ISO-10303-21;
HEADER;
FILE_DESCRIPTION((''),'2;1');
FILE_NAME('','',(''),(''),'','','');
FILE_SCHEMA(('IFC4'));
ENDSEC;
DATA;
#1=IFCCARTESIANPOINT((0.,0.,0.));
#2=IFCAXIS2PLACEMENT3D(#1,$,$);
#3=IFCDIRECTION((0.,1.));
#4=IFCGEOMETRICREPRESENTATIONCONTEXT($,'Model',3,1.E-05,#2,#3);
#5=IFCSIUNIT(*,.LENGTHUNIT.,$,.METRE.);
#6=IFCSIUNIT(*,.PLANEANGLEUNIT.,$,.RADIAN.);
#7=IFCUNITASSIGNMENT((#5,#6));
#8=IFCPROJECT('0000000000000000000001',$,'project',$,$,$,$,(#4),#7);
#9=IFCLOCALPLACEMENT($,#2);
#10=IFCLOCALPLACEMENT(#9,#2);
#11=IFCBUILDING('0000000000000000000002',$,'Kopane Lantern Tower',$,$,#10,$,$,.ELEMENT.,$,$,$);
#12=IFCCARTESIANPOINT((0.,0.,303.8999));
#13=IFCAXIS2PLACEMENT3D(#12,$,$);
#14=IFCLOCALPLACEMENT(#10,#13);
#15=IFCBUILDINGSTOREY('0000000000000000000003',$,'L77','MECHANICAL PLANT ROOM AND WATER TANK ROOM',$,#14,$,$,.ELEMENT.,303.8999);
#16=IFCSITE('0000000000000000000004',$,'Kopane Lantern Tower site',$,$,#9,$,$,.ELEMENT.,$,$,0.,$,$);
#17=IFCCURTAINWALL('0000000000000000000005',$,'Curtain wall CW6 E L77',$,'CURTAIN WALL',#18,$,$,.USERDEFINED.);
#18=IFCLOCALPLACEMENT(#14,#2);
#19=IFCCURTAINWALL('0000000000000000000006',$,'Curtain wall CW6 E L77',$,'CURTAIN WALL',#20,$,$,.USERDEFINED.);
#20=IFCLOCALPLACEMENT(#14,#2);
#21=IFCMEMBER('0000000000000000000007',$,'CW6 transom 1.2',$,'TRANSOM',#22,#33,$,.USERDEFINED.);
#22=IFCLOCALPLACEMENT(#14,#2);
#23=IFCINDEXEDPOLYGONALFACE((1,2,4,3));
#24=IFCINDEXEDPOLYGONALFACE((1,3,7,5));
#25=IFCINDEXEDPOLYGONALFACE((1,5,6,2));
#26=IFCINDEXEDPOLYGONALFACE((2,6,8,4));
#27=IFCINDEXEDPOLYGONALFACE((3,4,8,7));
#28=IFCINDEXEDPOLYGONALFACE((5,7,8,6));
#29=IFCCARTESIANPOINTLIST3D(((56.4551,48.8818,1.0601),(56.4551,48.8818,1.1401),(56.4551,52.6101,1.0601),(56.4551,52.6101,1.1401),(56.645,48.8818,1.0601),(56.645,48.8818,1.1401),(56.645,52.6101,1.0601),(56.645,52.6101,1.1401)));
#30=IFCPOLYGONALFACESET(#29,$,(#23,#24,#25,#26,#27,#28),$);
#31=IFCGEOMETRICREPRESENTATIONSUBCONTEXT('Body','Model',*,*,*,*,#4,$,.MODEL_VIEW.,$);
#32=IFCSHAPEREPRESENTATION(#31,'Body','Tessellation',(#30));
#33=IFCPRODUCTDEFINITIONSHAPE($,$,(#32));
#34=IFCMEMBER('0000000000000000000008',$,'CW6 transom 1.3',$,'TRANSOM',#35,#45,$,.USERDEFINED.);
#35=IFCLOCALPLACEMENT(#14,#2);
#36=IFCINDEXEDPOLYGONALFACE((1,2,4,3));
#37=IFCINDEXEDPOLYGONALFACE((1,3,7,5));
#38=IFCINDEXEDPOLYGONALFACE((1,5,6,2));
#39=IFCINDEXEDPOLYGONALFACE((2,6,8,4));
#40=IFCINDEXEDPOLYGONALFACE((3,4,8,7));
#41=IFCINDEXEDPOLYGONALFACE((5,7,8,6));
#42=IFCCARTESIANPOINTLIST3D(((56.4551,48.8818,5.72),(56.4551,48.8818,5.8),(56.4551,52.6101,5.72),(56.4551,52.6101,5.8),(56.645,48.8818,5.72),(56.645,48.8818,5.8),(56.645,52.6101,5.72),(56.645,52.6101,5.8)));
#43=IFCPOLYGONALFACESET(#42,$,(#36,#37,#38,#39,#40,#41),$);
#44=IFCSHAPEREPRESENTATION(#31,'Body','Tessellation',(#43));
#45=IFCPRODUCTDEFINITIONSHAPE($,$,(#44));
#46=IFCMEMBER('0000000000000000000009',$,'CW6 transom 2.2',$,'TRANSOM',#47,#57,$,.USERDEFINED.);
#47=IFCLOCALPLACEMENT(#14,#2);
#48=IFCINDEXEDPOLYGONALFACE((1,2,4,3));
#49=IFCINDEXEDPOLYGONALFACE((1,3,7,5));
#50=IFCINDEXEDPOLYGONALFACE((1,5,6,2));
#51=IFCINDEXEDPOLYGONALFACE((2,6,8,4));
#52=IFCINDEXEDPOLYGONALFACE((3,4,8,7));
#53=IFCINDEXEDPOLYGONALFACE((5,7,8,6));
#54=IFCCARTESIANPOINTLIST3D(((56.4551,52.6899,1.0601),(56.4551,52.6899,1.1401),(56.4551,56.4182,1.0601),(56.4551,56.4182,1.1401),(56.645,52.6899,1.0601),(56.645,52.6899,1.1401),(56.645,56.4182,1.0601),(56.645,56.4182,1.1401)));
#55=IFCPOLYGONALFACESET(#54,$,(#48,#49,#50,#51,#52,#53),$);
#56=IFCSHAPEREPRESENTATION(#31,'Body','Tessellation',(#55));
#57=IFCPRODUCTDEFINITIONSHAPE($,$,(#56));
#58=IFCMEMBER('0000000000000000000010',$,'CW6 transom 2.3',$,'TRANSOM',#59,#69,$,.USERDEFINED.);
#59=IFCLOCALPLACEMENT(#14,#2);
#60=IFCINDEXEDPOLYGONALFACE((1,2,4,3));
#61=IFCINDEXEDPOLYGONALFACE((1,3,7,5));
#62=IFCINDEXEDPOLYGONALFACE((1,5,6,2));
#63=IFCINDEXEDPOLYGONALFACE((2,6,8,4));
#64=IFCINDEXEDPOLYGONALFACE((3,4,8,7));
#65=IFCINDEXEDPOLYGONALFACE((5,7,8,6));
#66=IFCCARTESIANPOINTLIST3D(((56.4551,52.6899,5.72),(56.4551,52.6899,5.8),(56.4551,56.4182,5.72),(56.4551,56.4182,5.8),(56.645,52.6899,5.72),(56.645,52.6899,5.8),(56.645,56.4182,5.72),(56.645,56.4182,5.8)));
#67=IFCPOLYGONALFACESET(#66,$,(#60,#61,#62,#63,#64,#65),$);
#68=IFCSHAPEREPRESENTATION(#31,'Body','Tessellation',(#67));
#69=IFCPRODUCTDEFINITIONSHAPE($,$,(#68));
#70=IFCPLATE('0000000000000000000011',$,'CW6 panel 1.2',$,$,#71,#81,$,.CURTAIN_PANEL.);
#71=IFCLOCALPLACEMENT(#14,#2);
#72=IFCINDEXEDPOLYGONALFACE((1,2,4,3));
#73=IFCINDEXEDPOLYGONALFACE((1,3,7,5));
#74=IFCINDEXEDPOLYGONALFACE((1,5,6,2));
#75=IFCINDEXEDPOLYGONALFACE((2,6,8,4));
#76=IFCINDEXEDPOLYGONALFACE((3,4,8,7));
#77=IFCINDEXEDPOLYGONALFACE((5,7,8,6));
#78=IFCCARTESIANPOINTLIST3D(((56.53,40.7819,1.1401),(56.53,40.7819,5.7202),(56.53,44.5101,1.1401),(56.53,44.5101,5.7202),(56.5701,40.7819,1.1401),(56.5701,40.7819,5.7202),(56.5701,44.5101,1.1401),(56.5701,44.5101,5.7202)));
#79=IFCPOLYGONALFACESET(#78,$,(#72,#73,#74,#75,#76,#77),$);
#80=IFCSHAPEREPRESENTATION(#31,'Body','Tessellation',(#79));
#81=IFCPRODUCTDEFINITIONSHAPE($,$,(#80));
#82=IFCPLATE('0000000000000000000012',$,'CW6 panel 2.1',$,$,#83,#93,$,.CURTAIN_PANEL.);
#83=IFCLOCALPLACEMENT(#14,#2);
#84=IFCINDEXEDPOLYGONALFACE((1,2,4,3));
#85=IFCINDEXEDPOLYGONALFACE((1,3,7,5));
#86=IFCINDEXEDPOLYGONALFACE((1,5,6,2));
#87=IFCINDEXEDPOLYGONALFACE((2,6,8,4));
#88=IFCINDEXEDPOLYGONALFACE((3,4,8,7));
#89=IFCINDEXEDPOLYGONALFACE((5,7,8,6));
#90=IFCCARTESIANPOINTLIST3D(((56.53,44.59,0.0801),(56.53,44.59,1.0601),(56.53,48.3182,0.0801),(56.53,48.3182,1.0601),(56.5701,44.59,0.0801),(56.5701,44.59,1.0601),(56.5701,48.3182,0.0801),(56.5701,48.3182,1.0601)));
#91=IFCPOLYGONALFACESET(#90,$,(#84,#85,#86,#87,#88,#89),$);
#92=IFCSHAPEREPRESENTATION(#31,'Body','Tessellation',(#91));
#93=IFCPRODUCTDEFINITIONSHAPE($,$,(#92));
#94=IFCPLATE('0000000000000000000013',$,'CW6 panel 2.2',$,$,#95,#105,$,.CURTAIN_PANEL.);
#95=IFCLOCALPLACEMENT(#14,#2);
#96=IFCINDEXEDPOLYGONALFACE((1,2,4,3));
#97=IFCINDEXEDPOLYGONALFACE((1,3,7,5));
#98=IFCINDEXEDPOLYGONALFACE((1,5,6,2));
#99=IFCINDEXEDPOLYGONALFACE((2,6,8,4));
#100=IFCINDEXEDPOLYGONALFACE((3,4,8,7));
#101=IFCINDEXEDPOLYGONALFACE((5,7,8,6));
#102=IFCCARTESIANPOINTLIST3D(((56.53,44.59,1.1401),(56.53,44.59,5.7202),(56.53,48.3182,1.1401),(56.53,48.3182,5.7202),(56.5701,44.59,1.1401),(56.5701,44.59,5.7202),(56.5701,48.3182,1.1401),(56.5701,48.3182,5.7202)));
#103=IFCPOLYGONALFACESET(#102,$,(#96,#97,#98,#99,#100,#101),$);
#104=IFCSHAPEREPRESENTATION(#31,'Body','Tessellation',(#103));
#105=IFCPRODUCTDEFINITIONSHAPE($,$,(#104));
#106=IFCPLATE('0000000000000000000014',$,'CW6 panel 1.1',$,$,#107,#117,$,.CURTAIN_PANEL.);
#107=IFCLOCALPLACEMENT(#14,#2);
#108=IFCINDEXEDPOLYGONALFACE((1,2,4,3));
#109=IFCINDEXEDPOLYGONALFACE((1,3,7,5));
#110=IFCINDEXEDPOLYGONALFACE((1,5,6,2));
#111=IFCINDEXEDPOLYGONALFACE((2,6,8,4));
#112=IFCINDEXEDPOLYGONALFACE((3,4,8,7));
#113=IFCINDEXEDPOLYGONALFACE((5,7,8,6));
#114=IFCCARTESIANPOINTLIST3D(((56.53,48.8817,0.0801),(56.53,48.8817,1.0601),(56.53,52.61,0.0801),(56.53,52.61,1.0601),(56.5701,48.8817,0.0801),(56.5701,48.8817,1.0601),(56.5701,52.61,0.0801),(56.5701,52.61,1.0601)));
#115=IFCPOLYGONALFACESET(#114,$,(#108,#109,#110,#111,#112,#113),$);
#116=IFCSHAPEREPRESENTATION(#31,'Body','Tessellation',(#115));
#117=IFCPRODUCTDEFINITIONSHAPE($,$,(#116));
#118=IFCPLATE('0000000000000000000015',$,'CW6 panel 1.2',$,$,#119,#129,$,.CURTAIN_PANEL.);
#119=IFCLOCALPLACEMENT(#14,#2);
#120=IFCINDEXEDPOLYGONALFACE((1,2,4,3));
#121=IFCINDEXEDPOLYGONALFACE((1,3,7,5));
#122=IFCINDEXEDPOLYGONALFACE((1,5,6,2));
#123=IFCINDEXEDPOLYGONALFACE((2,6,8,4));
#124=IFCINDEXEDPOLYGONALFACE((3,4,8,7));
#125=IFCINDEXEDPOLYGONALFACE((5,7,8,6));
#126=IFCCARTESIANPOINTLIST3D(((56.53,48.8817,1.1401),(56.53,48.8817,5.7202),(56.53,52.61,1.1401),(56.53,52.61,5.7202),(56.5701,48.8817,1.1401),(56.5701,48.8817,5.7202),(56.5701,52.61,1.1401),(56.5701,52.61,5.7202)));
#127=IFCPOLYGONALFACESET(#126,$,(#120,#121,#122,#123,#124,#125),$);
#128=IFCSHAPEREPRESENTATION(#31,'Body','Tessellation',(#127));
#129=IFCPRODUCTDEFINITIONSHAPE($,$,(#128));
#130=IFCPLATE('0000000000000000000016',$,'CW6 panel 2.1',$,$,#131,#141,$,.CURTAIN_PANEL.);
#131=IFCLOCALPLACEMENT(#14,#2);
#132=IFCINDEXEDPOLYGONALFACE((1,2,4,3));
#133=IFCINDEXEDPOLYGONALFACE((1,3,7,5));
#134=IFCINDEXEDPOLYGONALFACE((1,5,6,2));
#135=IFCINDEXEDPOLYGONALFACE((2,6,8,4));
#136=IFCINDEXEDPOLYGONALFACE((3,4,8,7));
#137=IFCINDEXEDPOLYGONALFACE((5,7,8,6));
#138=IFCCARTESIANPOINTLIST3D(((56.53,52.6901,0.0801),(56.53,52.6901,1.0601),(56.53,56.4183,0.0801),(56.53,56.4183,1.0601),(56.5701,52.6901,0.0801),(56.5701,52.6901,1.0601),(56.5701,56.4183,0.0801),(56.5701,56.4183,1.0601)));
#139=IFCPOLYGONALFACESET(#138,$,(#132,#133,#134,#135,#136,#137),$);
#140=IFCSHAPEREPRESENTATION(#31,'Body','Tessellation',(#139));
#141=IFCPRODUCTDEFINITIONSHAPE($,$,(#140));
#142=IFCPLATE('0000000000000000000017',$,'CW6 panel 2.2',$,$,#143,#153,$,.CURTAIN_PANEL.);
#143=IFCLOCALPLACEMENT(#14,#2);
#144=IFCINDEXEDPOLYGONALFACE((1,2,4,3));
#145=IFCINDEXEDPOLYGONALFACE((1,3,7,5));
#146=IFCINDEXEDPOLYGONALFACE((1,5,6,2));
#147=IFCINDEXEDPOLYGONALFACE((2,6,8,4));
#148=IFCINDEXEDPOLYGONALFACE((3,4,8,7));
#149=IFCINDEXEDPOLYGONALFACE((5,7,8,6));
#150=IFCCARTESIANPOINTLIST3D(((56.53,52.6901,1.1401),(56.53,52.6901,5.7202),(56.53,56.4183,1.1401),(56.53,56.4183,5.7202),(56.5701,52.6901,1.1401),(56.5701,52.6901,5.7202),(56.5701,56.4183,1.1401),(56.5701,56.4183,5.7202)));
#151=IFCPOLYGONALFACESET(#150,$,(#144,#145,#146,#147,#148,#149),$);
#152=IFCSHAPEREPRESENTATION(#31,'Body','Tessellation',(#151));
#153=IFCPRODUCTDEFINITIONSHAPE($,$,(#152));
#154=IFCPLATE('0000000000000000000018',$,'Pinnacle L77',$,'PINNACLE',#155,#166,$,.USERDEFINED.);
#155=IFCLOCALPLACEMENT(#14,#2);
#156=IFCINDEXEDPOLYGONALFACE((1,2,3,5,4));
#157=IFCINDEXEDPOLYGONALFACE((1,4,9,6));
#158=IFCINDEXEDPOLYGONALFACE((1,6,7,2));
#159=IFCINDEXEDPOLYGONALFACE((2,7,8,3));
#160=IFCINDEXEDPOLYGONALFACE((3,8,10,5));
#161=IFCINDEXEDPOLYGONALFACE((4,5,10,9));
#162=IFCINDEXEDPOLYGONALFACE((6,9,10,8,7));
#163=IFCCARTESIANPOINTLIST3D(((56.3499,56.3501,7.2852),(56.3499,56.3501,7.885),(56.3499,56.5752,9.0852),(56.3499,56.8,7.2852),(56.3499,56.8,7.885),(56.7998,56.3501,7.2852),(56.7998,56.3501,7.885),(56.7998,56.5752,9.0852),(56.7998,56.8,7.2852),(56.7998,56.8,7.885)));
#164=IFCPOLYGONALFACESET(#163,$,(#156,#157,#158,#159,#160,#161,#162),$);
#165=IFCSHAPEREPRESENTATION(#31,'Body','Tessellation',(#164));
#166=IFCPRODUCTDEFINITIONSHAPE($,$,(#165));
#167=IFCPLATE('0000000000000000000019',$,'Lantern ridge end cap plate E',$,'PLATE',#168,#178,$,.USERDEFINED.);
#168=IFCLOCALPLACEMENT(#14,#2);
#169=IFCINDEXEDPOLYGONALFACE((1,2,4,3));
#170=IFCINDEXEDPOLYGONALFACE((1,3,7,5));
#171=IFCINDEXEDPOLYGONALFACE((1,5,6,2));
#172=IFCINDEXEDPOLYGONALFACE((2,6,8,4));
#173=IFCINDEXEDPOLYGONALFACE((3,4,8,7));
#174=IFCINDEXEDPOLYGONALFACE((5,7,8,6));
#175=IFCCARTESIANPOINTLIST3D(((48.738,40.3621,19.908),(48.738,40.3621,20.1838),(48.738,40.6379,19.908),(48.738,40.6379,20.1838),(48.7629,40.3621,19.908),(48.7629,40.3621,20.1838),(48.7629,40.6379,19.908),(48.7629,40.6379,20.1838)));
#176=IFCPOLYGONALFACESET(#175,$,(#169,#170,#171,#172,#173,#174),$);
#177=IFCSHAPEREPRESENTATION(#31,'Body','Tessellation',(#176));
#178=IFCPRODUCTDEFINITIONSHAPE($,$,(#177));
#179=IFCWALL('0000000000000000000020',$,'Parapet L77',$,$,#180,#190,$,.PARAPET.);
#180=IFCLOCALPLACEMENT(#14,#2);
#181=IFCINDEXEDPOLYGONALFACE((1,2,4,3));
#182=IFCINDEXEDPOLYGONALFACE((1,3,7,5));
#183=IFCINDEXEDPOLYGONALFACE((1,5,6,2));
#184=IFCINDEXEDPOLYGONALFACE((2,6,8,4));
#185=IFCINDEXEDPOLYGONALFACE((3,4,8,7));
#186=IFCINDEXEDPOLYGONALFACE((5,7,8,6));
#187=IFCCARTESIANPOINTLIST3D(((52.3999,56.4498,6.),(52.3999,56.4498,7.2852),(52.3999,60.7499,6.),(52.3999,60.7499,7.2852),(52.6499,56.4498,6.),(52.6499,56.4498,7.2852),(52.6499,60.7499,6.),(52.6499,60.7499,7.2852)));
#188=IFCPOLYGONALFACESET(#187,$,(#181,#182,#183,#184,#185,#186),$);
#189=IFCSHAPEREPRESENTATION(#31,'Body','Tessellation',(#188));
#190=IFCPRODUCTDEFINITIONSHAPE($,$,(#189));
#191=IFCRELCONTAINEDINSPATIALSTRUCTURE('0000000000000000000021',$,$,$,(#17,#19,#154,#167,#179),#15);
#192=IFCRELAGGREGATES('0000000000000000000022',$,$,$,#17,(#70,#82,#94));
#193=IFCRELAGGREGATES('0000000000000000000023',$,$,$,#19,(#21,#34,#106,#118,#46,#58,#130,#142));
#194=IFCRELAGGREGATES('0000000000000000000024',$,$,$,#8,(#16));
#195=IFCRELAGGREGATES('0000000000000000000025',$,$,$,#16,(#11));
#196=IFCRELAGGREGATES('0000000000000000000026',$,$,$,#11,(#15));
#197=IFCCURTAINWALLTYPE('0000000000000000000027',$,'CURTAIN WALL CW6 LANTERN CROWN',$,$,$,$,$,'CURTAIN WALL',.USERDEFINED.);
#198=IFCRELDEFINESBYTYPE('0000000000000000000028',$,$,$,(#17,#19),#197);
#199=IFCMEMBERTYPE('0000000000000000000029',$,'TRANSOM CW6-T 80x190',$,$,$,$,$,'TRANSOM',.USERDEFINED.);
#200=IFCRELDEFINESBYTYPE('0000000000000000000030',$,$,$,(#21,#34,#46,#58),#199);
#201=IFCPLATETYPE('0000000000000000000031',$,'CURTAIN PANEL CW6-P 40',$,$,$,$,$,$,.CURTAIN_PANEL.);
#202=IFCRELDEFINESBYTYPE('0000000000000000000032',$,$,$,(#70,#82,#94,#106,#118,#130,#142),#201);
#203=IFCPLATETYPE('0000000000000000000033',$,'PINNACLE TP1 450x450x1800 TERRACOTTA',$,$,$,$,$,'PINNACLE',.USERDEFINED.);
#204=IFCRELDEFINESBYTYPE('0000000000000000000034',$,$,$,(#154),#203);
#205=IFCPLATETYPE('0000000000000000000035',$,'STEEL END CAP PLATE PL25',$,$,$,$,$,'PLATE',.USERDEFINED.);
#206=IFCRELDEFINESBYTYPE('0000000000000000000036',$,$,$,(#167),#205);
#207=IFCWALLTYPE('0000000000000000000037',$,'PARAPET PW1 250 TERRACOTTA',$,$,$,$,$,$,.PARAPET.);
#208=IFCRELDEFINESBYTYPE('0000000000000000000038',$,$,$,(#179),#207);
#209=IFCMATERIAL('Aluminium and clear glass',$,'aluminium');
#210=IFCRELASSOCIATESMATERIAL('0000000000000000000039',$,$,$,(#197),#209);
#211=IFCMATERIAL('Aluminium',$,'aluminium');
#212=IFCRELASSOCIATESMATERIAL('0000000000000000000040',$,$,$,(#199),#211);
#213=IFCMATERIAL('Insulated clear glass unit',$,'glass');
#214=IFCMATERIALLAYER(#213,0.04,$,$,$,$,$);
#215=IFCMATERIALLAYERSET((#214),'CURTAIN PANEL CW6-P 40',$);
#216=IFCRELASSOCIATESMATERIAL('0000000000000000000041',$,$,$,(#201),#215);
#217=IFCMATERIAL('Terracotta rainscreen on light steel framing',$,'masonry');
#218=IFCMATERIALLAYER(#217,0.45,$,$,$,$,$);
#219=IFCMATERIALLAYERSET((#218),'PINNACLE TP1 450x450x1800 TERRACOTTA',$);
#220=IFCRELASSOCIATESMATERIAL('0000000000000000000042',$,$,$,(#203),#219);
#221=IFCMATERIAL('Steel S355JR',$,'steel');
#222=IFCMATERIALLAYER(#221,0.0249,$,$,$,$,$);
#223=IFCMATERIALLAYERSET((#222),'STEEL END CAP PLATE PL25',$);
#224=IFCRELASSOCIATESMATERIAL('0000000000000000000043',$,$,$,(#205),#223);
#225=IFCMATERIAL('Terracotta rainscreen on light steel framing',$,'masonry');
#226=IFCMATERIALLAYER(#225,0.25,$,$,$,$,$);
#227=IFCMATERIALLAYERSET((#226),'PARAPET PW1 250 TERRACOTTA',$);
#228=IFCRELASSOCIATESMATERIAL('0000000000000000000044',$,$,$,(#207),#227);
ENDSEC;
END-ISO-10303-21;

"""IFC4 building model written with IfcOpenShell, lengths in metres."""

from ifc_helpers import new_model, si_unit, direction, frame, frame_2d, origin, origin_2d, place, context, subcontext, project, spatial, polyline, rectangle, outline, extrude, material, layer, layer_set, material_profile, profile_set, type_object, element, aggregate, save


model = new_model("IFC4")

# Units and contexts
model_context = context("Model", 3, precision=1e-05, world=origin(), true_north=direction((0.0, 1.0)))
body_context = subcontext(model_context, "Body", "Model", "MODEL_VIEW")
ifc_project = project(units=[si_unit("LENGTHUNIT", "METRE"), si_unit("PLANEANGLEUNIT", "RADIAN")], contexts=[model_context])

# Site, building, storey
site_placement = place(None, origin())
site = spatial("IfcSite", under=ifc_project, at=site_placement, Name="Kopane Lantern Tower site", CompositionType="ELEMENT", RefElevation=0.0)
building_placement = place(site_placement, origin())
building = spatial("IfcBuilding", under=site, at=building_placement, Name="Kopane Lantern Tower", CompositionType="ELEMENT")
storey_placement = place(building_placement, frame((0.0, 0.0, 303.8999)))
storey = spatial("IfcBuildingStorey", under=building, at=storey_placement, Name="L77", Description="MECHANICAL PLANT ROOM AND WATER TANK ROOM", CompositionType="ELEMENT", Elevation=303.8999)

# Curtain walls, members
ifc_material_1 = material(Name="Aluminium and clear glass", Category="aluminium")
curtain_wall_type = type_object("IfcCurtainWallType", Name="CURTAIN WALL CW6 LANTERN CROWN", ElementType="CURTAIN WALL", PredefinedType="USERDEFINED", material=ifc_material_1)
curtain_wall_1_placement = place(storey_placement, origin())
curtain_wall_1 = element("IfcCurtainWall", 1, at=curtain_wall_1_placement, inside=storey, type_object=curtain_wall_type, Name="Curtain wall CW6 E L77", ObjectType="CURTAIN WALL", PredefinedType="USERDEFINED")
ifc_material_2 = material(Name="Aluminium", Category="aluminium")
ifc_material_profile_1 = material_profile(ifc_material_2, rectangle(XDim=0.1899, YDim=0.0801, at=origin_2d()), Name="AL 190x80")
ifc_profile_set_1 = profile_set([ifc_material_profile_1], Name="Aluminium")
member_type = type_object("IfcMemberType", Name="TRANSOM CW6-T 80x190", ElementType="TRANSOM", PredefinedType="USERDEFINED", material=ifc_profile_set_1)
curtain_wall_2_placement = place(storey_placement, origin())
curtain_wall_2 = element("IfcCurtainWall", 2, at=curtain_wall_2_placement, inside=storey, type_object=curtain_wall_type, Name="Curtain wall CW6 E L77", ObjectType="CURTAIN WALL", PredefinedType="USERDEFINED")
member_1_placement = place(storey_placement, frame((56.55, 48.8818, 1.1001), z_axis=(0.0, 1.0, 0.0), x_axis=(-1.0, 0.0, 0.0)))
member_1 = element("IfcMember", 3, at=member_1_placement, type_object=member_type, Name="CW6 transom 1.2", ObjectType="TRANSOM", PredefinedType="USERDEFINED", context=body_context, shape_type="SweptSolid", body=[
    extrude(rectangle(XDim=0.1899, YDim=0.0801, at=origin_2d()), origin(), (0.0, 0.0, 1.0), 3.7283),
])
member_2_placement = place(storey_placement, frame((56.55, 48.8818, 5.76), z_axis=(0.0, 1.0, 0.0), x_axis=(-1.0, 0.0, 0.0)))
member_2 = element("IfcMember", 4, at=member_2_placement, type_object=member_type, Name="CW6 transom 1.3", ObjectType="TRANSOM", PredefinedType="USERDEFINED", context=body_context, shape_type="SweptSolid", body=[
    extrude(rectangle(XDim=0.1899, YDim=0.0801, at=origin_2d()), origin(), (0.0, 0.0, 1.0), 3.7283),
])
member_3_placement = place(storey_placement, frame((56.55, 52.6899, 1.1001), z_axis=(0.0, 1.0, 0.0), x_axis=(-1.0, 0.0, 0.0)))
member_3 = element("IfcMember", 5, at=member_3_placement, type_object=member_type, Name="CW6 transom 2.2", ObjectType="TRANSOM", PredefinedType="USERDEFINED", context=body_context, shape_type="SweptSolid", body=[
    extrude(rectangle(XDim=0.1899, YDim=0.0801, at=origin_2d()), origin(), (0.0, 0.0, 1.0), 3.7283),
])
member_4_placement = place(storey_placement, frame((56.55, 52.6899, 5.76), z_axis=(0.0, 1.0, 0.0), x_axis=(-1.0, 0.0, 0.0)))
member_4 = element("IfcMember", 6, at=member_4_placement, type_object=member_type, Name="CW6 transom 2.3", ObjectType="TRANSOM", PredefinedType="USERDEFINED", context=body_context, shape_type="SweptSolid", body=[
    extrude(rectangle(XDim=0.1899, YDim=0.0801, at=origin_2d()), origin(), (0.0, 0.0, 1.0), 3.7283),
])

# Plates
ifc_material_3 = material(Name="Insulated clear glass unit", Category="glass")
ifc_layer_1 = layer(ifc_material_3, 0.04)
ifc_layer_set_1 = layer_set([ifc_layer_1], Name="CURTAIN PANEL CW6-P 40")
plate_type_1 = type_object("IfcPlateType", Name="CURTAIN PANEL CW6-P 40", PredefinedType="CURTAIN_PANEL", material=ifc_layer_set_1)
plate_1_placement = place(storey_placement, frame((56.55, 42.646, 1.1401), z_axis=(0.0, 0.0, 1.0), x_axis=(0.0, 1.0, 0.0)))
plate_1 = element("IfcPlate", 7, at=plate_1_placement, type_object=plate_type_1, Name="CW6 panel 1.2", PredefinedType="CURTAIN_PANEL", context=body_context, shape_type="SweptSolid", body=[
    extrude(rectangle(XDim=3.7283, YDim=0.04, at=origin_2d()), origin(), (0.0, 0.0, 1.0), 4.5801),
])
plate_2_placement = place(storey_placement, frame((56.55, 46.4541, 0.0801), z_axis=(0.0, 0.0, 1.0), x_axis=(0.0, 1.0, 0.0)))
plate_2 = element("IfcPlate", 8, at=plate_2_placement, type_object=plate_type_1, Name="CW6 panel 2.1", PredefinedType="CURTAIN_PANEL", context=body_context, shape_type="SweptSolid", body=[
    extrude(rectangle(XDim=3.7283, YDim=0.04, at=origin_2d()), origin(), (0.0, 0.0, 1.0), 0.98),
])
plate_3_placement = place(storey_placement, frame((56.55, 46.4541, 1.1401), z_axis=(0.0, 0.0, 1.0), x_axis=(0.0, 1.0, 0.0)))
plate_3 = element("IfcPlate", 9, at=plate_3_placement, type_object=plate_type_1, Name="CW6 panel 2.2", PredefinedType="CURTAIN_PANEL", context=body_context, shape_type="SweptSolid", body=[
    extrude(rectangle(XDim=3.7283, YDim=0.04, at=origin_2d()), origin(), (0.0, 0.0, 1.0), 4.5801),
])
aggregate(curtain_wall_1, [plate_1, plate_2, plate_3])
plate_4_placement = place(storey_placement, frame((56.55, 50.7458, 0.0801), z_axis=(0.0, 0.0, 1.0), x_axis=(0.0, 1.0, 0.0)))
plate_4 = element("IfcPlate", 10, at=plate_4_placement, type_object=plate_type_1, Name="CW6 panel 1.1", PredefinedType="CURTAIN_PANEL", context=body_context, shape_type="SweptSolid", body=[
    extrude(rectangle(XDim=3.7283, YDim=0.04, at=origin_2d()), origin(), (0.0, 0.0, 1.0), 0.98),
])
plate_5_placement = place(storey_placement, frame((56.55, 50.7458, 1.1401), z_axis=(0.0, 0.0, 1.0), x_axis=(0.0, 1.0, 0.0)))
plate_5 = element("IfcPlate", 11, at=plate_5_placement, type_object=plate_type_1, Name="CW6 panel 1.2", PredefinedType="CURTAIN_PANEL", context=body_context, shape_type="SweptSolid", body=[
    extrude(rectangle(XDim=3.7283, YDim=0.04, at=origin_2d()), origin(), (0.0, 0.0, 1.0), 4.5801),
])
plate_6_placement = place(storey_placement, frame((56.55, 54.5542, 0.0801), z_axis=(0.0, 0.0, 1.0), x_axis=(0.0, 1.0, 0.0)))
plate_6 = element("IfcPlate", 12, at=plate_6_placement, type_object=plate_type_1, Name="CW6 panel 2.1", PredefinedType="CURTAIN_PANEL", context=body_context, shape_type="SweptSolid", body=[
    extrude(rectangle(XDim=3.7283, YDim=0.04, at=origin_2d()), origin(), (0.0, 0.0, 1.0), 0.98),
])
plate_7_placement = place(storey_placement, frame((56.55, 54.5542, 1.1401), z_axis=(0.0, 0.0, 1.0), x_axis=(0.0, 1.0, 0.0)))
plate_7 = element("IfcPlate", 13, at=plate_7_placement, type_object=plate_type_1, Name="CW6 panel 2.2", PredefinedType="CURTAIN_PANEL", context=body_context, shape_type="SweptSolid", body=[
    extrude(rectangle(XDim=3.7283, YDim=0.04, at=origin_2d()), origin(), (0.0, 0.0, 1.0), 4.5801),
])
aggregate(curtain_wall_2, [member_1, member_2, plate_4, plate_5, member_3, member_4, plate_6, plate_7])

# Plates
ifc_material_4 = material(Name="Terracotta rainscreen on light steel framing", Category="masonry")
ifc_layer_2 = layer(ifc_material_4, 0.45)
ifc_layer_set_2 = layer_set([ifc_layer_2], Name="PINNACLE TP1 450x450x1800 TERRACOTTA")
plate_type_2 = type_object("IfcPlateType", Name="PINNACLE TP1 450x450x1800 TERRACOTTA", ElementType="PINNACLE", PredefinedType="USERDEFINED", material=ifc_layer_set_2)
plate_8_placement = place(storey_placement, frame((56.575, 56.3501, 7.2852), z_axis=(0.0, 0.0, 1.0), x_axis=(0.0, 1.0, 0.0)))
element("IfcPlate", 14, at=plate_8_placement, inside=storey, type_object=plate_type_2, Name="Pinnacle L77", ObjectType="PINNACLE", PredefinedType="USERDEFINED", context=body_context, shape_type="SweptSolid", body=[
    extrude(outline(polyline([(0.0, 0.0), (0.45, 0.0), (0.45, 0.5999), (0.2251, 1.8), (0.0, 0.5999), (0.0, 0.0)])), frame((0.0, 0.2251, 0.0), z_axis=(0.0, -1.0, 0.0), x_axis=(1.0, 0.0, 0.0)), (0.0, 0.0, 1.0), 0.45),
])
ifc_material_5 = material(Name="Steel S355JR", Category="steel")
ifc_layer_3 = layer(ifc_material_5, 0.0249)
ifc_layer_set_3 = layer_set([ifc_layer_3], Name="STEEL END CAP PLATE PL25")
plate_type_3 = type_object("IfcPlateType", Name="STEEL END CAP PLATE PL25", ElementType="PLATE", PredefinedType="USERDEFINED", material=ifc_layer_set_3)
plate_9_placement = place(storey_placement, frame((48.7505, 40.5, 19.908), z_axis=(0.0, 0.0, 1.0), x_axis=(1.0, 0.0, 0.0)))
element("IfcPlate", 15, at=plate_9_placement, inside=storey, type_object=plate_type_3, Name="Lantern ridge end cap plate E", ObjectType="PLATE", PredefinedType="USERDEFINED", context=body_context, shape_type="SweptSolid", body=[
    extrude(rectangle(XDim=0.0249, YDim=0.2759, at=origin_2d()), origin(), (0.0, 0.0, 1.0), 0.2759),
])

# Wall
ifc_material_6 = material(Name="Terracotta rainscreen on light steel framing", Category="masonry")
ifc_layer_4 = layer(ifc_material_6, 0.25)
ifc_layer_set_4 = layer_set([ifc_layer_4], Name="PARAPET PW1 250 TERRACOTTA")
wall_type = type_object("IfcWallType", Name="PARAPET PW1 250 TERRACOTTA", PredefinedType="PARAPET", material=ifc_layer_set_4)
wall_placement = place(storey_placement, frame((52.5249, 56.45, 6.0), z_axis=(0.0, 0.0, 1.0), x_axis=(0.0, 1.0, 0.0)))
element("IfcWall", 16, at=wall_placement, inside=storey, type_object=wall_type, Name="Parapet L77", PredefinedType="PARAPET", context=body_context, shape_type="SweptSolid", body=[
    extrude(rectangle(XDim=4.3, YDim=0.25, at=frame_2d((2.1499, 0.0))), origin(), (0.0, 0.0, 1.0), 1.2852),
])

save(model, "model.ifc")
